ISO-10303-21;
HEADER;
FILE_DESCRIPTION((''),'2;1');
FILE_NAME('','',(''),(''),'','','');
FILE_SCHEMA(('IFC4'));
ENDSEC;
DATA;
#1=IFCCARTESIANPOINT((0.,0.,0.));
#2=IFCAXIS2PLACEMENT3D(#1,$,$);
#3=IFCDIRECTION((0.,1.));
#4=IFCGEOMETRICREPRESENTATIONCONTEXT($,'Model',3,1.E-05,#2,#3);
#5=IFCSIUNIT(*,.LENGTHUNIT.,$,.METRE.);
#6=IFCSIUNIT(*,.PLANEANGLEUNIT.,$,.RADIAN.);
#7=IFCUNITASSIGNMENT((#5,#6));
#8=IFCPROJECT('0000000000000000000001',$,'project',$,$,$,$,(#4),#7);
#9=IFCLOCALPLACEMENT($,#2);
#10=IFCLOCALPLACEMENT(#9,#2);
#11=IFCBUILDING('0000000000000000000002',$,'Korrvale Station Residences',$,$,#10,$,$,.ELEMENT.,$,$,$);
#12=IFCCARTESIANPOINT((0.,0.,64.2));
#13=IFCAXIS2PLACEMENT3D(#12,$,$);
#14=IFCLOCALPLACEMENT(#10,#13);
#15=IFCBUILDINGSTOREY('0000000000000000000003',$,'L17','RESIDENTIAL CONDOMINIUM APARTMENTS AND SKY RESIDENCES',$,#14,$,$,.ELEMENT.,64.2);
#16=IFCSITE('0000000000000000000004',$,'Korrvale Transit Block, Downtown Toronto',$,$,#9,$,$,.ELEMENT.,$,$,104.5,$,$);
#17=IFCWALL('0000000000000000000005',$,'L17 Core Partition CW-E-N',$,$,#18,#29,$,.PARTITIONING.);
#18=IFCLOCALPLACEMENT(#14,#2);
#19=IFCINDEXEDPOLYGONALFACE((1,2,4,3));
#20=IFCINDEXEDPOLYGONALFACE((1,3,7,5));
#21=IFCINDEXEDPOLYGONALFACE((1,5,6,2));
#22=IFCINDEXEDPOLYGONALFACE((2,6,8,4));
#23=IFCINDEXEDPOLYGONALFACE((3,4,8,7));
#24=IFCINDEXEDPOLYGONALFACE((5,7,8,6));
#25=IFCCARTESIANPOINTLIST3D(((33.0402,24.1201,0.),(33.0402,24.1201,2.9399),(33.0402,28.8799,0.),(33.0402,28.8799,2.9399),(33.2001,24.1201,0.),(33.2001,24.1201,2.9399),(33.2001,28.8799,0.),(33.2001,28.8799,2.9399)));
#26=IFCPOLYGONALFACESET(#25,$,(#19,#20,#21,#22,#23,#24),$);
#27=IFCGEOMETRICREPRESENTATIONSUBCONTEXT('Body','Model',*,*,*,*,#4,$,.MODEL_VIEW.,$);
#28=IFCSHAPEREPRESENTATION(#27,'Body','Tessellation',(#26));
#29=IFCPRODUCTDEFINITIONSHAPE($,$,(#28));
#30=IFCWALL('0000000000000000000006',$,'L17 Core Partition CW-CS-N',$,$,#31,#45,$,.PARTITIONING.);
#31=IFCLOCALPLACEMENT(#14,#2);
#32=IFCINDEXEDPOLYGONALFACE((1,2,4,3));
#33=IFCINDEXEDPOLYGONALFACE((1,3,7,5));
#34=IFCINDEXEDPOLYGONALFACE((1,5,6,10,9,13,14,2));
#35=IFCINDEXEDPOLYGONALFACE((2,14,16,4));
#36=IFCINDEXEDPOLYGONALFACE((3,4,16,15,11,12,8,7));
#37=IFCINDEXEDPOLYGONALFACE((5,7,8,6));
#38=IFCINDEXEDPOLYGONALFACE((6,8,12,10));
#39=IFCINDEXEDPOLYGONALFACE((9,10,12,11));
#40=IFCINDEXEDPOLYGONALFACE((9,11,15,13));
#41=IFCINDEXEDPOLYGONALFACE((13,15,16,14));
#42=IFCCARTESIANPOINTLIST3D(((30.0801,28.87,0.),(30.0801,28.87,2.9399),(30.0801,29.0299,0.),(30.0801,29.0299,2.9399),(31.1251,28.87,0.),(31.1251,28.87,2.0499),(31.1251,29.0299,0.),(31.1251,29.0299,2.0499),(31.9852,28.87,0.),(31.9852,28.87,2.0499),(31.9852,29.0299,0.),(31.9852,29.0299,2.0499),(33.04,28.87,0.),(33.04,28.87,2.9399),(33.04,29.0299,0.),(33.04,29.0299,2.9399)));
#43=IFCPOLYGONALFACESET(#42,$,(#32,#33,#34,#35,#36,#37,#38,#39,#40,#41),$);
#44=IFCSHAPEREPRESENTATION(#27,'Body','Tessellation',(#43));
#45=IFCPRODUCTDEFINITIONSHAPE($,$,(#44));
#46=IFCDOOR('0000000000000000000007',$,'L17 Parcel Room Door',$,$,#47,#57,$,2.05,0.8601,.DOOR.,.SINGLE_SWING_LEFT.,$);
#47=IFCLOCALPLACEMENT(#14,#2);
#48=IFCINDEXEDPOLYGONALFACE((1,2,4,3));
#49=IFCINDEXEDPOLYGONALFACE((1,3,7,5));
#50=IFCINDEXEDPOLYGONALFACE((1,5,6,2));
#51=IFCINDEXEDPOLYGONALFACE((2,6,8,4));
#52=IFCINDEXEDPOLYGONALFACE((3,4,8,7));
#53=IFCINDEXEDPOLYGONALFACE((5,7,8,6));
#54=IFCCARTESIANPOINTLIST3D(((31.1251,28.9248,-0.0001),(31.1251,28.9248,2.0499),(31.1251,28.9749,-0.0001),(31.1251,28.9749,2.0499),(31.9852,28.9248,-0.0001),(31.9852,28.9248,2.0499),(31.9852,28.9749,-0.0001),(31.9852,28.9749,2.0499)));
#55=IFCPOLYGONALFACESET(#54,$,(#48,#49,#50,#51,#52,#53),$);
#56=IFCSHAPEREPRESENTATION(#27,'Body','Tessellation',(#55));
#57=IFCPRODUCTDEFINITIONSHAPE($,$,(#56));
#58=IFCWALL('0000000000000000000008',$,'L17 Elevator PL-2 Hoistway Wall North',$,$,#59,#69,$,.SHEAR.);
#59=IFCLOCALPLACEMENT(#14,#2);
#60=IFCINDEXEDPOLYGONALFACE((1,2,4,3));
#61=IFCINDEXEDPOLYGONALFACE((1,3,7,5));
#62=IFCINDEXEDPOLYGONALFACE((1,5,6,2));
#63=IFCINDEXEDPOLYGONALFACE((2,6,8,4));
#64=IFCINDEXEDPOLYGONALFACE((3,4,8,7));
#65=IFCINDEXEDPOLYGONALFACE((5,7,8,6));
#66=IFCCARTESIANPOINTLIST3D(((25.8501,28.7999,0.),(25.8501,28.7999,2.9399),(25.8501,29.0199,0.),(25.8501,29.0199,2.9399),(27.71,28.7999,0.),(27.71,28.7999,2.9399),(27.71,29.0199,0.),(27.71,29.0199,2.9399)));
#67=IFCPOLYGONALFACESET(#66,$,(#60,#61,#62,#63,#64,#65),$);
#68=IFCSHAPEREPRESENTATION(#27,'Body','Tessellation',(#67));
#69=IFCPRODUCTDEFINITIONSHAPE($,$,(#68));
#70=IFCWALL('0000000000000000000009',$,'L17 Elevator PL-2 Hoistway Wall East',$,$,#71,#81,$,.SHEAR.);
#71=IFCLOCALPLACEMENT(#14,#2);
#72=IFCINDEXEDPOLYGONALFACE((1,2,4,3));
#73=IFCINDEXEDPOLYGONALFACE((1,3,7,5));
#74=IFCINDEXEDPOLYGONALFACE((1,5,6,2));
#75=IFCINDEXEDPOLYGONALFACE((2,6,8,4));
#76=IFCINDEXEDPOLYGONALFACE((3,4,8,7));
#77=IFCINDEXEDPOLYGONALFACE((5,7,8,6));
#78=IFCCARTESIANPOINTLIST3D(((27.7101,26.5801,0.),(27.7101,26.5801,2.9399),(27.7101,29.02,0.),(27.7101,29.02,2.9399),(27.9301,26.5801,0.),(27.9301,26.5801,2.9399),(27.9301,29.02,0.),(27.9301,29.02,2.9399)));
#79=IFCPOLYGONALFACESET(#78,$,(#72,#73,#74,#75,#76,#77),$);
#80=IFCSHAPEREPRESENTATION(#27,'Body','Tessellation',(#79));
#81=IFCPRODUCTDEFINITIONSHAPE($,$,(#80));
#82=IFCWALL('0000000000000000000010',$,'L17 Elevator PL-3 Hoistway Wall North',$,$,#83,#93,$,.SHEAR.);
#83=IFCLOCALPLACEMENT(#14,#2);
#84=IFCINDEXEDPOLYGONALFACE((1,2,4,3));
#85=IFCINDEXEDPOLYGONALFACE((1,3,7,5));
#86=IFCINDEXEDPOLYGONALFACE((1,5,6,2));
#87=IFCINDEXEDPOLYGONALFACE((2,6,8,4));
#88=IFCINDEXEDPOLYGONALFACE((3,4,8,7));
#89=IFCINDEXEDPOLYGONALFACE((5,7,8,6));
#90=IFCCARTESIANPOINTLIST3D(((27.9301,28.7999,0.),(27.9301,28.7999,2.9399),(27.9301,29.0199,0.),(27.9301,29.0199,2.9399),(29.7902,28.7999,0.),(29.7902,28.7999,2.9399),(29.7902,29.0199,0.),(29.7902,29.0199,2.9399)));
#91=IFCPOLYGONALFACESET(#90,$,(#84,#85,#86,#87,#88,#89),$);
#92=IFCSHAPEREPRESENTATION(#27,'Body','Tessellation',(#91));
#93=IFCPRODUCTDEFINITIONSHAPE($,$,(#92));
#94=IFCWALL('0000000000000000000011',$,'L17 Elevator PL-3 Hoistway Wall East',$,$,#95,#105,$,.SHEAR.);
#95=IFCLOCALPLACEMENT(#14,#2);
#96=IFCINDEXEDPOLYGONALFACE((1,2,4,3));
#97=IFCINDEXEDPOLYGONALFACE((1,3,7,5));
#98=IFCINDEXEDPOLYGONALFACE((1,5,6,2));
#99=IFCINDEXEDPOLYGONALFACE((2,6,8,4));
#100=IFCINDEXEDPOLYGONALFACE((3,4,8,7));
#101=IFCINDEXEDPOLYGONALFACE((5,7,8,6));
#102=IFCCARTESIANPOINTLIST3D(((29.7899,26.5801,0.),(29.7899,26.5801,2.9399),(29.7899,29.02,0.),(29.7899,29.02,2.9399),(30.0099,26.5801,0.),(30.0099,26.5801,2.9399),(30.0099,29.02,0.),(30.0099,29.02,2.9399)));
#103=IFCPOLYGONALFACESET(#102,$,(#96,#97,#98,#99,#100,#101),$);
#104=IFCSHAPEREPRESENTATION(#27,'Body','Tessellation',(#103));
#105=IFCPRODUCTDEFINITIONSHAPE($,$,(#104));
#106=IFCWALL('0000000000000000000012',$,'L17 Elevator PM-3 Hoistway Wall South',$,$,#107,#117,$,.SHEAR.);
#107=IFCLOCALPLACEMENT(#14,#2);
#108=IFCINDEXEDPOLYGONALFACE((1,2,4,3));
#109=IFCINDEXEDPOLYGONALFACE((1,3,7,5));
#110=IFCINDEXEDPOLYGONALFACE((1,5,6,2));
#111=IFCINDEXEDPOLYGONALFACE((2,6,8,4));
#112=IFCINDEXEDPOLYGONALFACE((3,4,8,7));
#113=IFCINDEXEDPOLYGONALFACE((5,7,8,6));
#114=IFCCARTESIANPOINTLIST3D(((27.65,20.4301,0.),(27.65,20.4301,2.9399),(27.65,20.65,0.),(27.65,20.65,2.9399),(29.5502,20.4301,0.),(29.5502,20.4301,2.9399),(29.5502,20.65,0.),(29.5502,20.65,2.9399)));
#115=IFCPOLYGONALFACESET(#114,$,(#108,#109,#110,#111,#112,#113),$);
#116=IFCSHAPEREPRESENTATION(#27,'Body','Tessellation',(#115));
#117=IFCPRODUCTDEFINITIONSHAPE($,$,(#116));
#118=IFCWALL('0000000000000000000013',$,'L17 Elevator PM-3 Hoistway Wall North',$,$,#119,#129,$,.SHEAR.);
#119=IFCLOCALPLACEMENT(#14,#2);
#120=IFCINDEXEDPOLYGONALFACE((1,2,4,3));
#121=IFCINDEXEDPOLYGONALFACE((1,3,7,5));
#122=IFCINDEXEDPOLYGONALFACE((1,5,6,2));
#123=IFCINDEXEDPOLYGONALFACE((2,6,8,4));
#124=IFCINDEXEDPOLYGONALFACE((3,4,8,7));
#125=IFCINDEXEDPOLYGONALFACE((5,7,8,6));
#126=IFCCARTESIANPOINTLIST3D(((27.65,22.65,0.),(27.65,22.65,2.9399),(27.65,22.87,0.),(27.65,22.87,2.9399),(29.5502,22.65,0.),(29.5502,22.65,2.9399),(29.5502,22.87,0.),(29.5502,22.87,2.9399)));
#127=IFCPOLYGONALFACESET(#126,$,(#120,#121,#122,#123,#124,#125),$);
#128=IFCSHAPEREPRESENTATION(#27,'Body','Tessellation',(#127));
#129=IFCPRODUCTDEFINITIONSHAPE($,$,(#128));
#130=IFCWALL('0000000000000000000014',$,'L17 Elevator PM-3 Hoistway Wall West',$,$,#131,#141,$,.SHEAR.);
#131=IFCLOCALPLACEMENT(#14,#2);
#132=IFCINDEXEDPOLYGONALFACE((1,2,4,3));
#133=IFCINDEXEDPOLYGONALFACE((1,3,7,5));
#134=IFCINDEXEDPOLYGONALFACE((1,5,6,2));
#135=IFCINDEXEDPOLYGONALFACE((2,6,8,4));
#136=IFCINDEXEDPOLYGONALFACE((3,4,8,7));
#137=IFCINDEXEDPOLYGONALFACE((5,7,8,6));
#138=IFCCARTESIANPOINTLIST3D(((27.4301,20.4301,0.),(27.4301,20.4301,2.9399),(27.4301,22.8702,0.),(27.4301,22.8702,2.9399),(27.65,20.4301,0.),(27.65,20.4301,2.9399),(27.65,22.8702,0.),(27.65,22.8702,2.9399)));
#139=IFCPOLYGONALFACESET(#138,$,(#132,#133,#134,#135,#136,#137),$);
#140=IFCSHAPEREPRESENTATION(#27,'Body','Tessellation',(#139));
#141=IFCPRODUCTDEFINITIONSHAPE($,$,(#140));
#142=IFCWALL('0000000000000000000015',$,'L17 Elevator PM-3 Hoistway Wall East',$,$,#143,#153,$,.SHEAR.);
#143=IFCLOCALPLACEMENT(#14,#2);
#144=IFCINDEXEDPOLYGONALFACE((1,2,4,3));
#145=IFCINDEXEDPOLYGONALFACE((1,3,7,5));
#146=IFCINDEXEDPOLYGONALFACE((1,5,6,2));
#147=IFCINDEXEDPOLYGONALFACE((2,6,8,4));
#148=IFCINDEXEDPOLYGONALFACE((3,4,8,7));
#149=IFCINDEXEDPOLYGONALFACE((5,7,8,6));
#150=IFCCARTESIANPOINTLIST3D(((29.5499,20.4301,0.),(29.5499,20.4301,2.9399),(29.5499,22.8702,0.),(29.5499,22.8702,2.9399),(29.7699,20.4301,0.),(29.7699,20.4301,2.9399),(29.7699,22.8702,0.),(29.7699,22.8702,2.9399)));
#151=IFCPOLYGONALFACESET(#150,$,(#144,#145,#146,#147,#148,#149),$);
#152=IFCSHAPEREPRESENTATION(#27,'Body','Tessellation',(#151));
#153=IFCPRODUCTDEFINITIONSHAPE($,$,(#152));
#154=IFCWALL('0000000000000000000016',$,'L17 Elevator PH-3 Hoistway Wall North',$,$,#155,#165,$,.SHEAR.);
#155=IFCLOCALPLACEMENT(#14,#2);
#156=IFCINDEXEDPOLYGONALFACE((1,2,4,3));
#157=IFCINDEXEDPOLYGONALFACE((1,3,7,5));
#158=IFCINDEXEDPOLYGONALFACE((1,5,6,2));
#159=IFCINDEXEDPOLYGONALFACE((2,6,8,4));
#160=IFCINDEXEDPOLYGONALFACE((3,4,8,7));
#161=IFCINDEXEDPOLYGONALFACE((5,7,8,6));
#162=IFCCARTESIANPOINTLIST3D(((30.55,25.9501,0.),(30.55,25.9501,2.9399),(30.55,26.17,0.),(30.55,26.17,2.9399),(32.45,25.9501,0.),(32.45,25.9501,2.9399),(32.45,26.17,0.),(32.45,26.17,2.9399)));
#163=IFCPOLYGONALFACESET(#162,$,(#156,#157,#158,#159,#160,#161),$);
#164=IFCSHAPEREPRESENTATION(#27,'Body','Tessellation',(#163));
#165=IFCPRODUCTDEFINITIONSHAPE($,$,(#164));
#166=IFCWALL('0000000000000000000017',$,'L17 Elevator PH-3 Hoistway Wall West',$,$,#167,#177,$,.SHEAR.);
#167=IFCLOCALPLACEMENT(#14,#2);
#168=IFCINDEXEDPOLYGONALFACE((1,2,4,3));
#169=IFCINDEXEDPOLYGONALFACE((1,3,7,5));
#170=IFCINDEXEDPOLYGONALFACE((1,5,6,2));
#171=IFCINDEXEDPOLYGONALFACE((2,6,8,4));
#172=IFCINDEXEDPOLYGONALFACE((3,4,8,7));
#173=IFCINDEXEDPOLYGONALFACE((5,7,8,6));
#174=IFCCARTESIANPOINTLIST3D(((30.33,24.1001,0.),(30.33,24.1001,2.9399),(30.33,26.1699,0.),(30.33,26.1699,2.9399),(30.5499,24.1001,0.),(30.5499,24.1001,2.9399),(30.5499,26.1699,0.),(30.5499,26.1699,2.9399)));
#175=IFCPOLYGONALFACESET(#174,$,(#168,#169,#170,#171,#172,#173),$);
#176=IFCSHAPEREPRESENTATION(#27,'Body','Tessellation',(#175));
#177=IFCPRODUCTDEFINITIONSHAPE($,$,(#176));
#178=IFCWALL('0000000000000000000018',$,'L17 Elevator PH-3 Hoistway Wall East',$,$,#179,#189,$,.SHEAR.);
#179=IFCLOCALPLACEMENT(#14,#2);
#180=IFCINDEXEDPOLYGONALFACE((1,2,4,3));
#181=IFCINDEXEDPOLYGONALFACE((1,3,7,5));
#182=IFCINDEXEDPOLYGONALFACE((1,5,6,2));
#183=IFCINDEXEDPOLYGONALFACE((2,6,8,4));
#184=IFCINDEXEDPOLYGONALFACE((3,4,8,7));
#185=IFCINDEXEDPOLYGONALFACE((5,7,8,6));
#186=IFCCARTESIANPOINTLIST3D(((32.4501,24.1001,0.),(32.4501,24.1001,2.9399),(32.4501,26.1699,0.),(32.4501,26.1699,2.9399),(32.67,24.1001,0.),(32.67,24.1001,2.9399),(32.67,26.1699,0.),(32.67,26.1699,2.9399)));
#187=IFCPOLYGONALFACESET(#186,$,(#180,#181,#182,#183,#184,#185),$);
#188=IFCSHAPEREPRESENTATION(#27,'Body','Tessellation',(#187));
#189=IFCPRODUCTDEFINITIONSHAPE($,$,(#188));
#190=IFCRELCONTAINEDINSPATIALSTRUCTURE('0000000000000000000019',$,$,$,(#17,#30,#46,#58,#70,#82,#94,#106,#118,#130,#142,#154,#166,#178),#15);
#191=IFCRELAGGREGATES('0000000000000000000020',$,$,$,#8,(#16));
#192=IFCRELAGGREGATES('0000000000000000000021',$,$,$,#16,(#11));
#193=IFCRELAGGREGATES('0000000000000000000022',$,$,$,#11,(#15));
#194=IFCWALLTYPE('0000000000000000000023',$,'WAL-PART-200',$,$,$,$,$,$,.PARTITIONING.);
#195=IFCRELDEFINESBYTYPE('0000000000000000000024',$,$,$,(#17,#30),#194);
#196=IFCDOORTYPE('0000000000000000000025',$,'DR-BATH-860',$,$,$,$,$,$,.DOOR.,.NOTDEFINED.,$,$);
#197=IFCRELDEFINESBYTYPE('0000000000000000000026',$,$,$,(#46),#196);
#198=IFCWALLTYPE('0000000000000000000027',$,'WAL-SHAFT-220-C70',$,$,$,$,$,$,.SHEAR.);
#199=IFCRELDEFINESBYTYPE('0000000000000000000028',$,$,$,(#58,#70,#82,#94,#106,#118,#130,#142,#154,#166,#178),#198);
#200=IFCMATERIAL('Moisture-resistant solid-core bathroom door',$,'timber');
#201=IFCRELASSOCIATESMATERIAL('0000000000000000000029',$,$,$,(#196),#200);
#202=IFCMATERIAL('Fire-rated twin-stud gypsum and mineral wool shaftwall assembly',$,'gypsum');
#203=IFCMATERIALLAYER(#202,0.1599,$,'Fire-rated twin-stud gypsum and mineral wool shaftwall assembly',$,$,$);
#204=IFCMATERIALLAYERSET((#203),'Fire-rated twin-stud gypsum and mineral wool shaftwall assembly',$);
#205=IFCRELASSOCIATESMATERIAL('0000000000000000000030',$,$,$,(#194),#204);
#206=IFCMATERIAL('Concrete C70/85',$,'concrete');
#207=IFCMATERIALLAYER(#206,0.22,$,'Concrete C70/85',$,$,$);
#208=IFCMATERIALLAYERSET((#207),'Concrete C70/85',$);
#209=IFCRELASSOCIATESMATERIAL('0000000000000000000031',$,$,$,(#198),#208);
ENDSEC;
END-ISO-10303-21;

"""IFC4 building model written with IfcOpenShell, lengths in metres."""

from ifc_helpers import new_model, si_unit, direction, frame, frame_2d, origin, place, context, subcontext, project, spatial, rectangle, extrude, material, layer, layer_set, type_object, element, fill, save


model = new_model("IFC4")

# Units and contexts
model_context = context("Model", 3, precision=1e-05, world=origin(), true_north=direction((0.0, 1.0)))
body_context = subcontext(model_context, "Body", "Model", "MODEL_VIEW")
ifc_project = project(units=[si_unit("LENGTHUNIT", "METRE"), si_unit("PLANEANGLEUNIT", "RADIAN")], contexts=[model_context])

# Site, building, storey
site_placement = place(None, origin())
site = spatial("IfcSite", under=ifc_project, at=site_placement, Name="Korrvale Transit Block, Downtown Toronto", CompositionType="ELEMENT", RefElevation=104.5)
building_placement = place(site_placement, origin())
building = spatial("IfcBuilding", under=site, at=building_placement, Name="Korrvale Station Residences", CompositionType="ELEMENT")
storey_placement = place(building_placement, frame((0.0, 0.0, 64.2)))
storey = spatial("IfcBuildingStorey", under=building, at=storey_placement, Name="L17", Description="RESIDENTIAL CONDOMINIUM APARTMENTS AND SKY RESIDENCES", CompositionType="ELEMENT", Elevation=64.2)

# Shared definitions
ifc_material_1 = material(Name="Concrete C70/85", Category="concrete")

# Shared definitions
ifc_material_2 = material(Name="Moisture-resistant solid-core bathroom door", Category="timber")
door_type_1 = type_object("IfcDoorType", Name="DR-BATH-860", OperationType="NOTDEFINED", PredefinedType="DOOR", material=ifc_material_2)

# Wall
ifc_material_3 = material(Name="Fire-rated twin-stud gypsum and mineral wool shaftwall assembly", Category="gypsum")
ifc_layer_1 = layer(ifc_material_3, 0.1599, Name="Fire-rated twin-stud gypsum and mineral wool shaftwall assembly")
ifc_layer_set_1 = layer_set([ifc_layer_1], Name="Fire-rated twin-stud gypsum and mineral wool shaftwall assembly")
wall_type_1 = type_object("IfcWallType", Name="WAL-PART-200", PredefinedType="PARTITIONING", material=ifc_layer_set_1)
wall_1_placement = place(storey_placement, frame((33.1201, 24.1201, 0.0), z_axis=(0.0, 0.0, 1.0), x_axis=(0.0, 1.0, 0.0)))
element("IfcWall", 1, at=wall_1_placement, inside=storey, type_object=wall_type_1, Name="L17 Core Partition CW-E-N", PredefinedType="PARTITIONING", context=body_context, shape_type="SweptSolid", body=[
    extrude(rectangle(XDim=4.7598, YDim=0.1599, at=frame_2d((2.3799, 0.0))), origin(), (0.0, 0.0, 1.0), 2.9399),
])

# Wall, opening, door
wall_2_placement = place(storey_placement, frame((30.0801, 28.95, 0.0), z_axis=(0.0, 0.0, 1.0), x_axis=(1.0, 0.0, 0.0)))
wall_2 = element("IfcWall", 2, at=wall_2_placement, inside=storey, type_object=wall_type_1, Name="L17 Core Partition CW-CS-N", PredefinedType="PARTITIONING", context=body_context, shape_type="SweptSolid", body=[
    extrude(rectangle(XDim=2.96, YDim=0.1599, at=frame_2d((1.48, 0.0))), origin(), (0.0, 0.0, 1.0), 2.9399),
])
opening_1_placement = place(wall_2_placement, frame((1.0449, 0.0, 0.0)))
opening_1 = element("IfcOpeningElement", 3, at=opening_1_placement, cuts=wall_2, PredefinedType="OPENING", context=body_context, shape_type="SweptSolid", body=[
    extrude(rectangle(XDim=0.8601, YDim=2.05, at=frame_2d((0.4302, 1.0249))), frame((0.0, 0.0898, 0.0), z_axis=(0.0, -1.0, 0.0), x_axis=(1.0, 0.0, 0.0)), (0.0, 0.0, 1.0), 0.1799),
])
door_1_placement = place(opening_1_placement, origin())
door_1 = element("IfcDoor", 4, at=door_1_placement, inside=storey, type_object=door_type_1, Name="L17 Parcel Room Door", OperationType="SINGLE_SWING_LEFT", OverallHeight=2.05, OverallWidth=0.8601, PredefinedType="DOOR", context=body_context, shape_type="SweptSolid", body=[
    extrude(rectangle(XDim=0.8601, YDim=2.05, at=frame_2d((0.4302, 1.0249))), frame((0.0, 0.0249, 0.0), z_axis=(0.0, -1.0, 0.0), x_axis=(1.0, 0.0, 0.0)), (0.0, 0.0, 1.0), 0.05),
])
fill(opening_1, door_1)

# Walls
ifc_layer_2 = layer(ifc_material_1, 0.22, Name="Concrete C70/85")
ifc_layer_set_2 = layer_set([ifc_layer_2], Name="Concrete C70/85")
wall_type_2 = type_object("IfcWallType", Name="WAL-SHAFT-220-C70", PredefinedType="SHEAR", material=ifc_layer_set_2)
wall_3_placement = place(storey_placement, frame((25.8501, 28.9099, 0.0), z_axis=(0.0, 0.0, 1.0), x_axis=(1.0, 0.0, 0.0)))
element("IfcWall", 5, at=wall_3_placement, inside=storey, type_object=wall_type_2, Name="L17 Elevator PL-2 Hoistway Wall North", PredefinedType="SHEAR", context=body_context, shape_type="SweptSolid", body=[
    extrude(rectangle(XDim=1.8599, YDim=0.22, at=frame_2d((0.9299, 0.0))), origin(), (0.0, 0.0, 1.0), 2.9399),
])
wall_4_placement = place(storey_placement, frame((27.8201, 26.5801, 0.0), z_axis=(0.0, 0.0, 1.0), x_axis=(0.0, 1.0, 0.0)))
element("IfcWall", 6, at=wall_4_placement, inside=storey, type_object=wall_type_2, Name="L17 Elevator PL-2 Hoistway Wall East", PredefinedType="SHEAR", context=body_context, shape_type="SweptSolid", body=[
    extrude(rectangle(XDim=2.4399, YDim=0.22, at=frame_2d((1.22, 0.0))), origin(), (0.0, 0.0, 1.0), 2.9399),
])

# Walls
wall_5_placement = place(storey_placement, frame((27.9299, 28.9099, 0.0), z_axis=(0.0, 0.0, 1.0), x_axis=(1.0, 0.0, 0.0)))
element("IfcWall", 7, at=wall_5_placement, inside=storey, type_object=wall_type_2, Name="L17 Elevator PL-3 Hoistway Wall North", PredefinedType="SHEAR", context=body_context, shape_type="SweptSolid", body=[
    extrude(rectangle(XDim=1.8601, YDim=0.22, at=frame_2d((0.9302, 0.0))), origin(), (0.0, 0.0, 1.0), 2.9399),
])
wall_6_placement = place(storey_placement, frame((29.8999, 26.5801, 0.0), z_axis=(0.0, 0.0, 1.0), x_axis=(0.0, 1.0, 0.0)))
element("IfcWall", 8, at=wall_6_placement, inside=storey, type_object=wall_type_2, Name="L17 Elevator PL-3 Hoistway Wall East", PredefinedType="SHEAR", context=body_context, shape_type="SweptSolid", body=[
    extrude(rectangle(XDim=2.4399, YDim=0.22, at=frame_2d((1.22, 0.0))), origin(), (0.0, 0.0, 1.0), 2.9399),
])
for number, where, z_axis, x_axis, name in (
    (9, (27.6499, 20.54, 0.0), (0.0, 0.0, 1.0), (1.0, 0.0, 0.0), "L17 Elevator PM-3 Hoistway Wall South"),
    (10, (27.6499, 22.76, 0.0), (0.0, 0.0, 1.0), (1.0, 0.0, 0.0), "L17 Elevator PM-3 Hoistway Wall North"),
):
    element("IfcWall", number, at=place(storey_placement, frame(where, z_axis=z_axis, x_axis=x_axis)), inside=storey, type_object=wall_type_2, Name=name, PredefinedType="SHEAR", context=body_context, shape_type="SweptSolid", body=[
        extrude(rectangle(XDim=1.9001, YDim=0.22, at=frame_2d((0.9502, 0.0))), origin(), (0.0, 0.0, 1.0), 2.9399),
    ])
for number, where, z_axis, x_axis, name in (
    (11, (27.54, 20.4299, 0.0), (0.0, 0.0, 1.0), (0.0, 1.0, 0.0), "L17 Elevator PM-3 Hoistway Wall West"),
    (12, (29.6599, 20.4299, 0.0), (0.0, 0.0, 1.0), (0.0, 1.0, 0.0), "L17 Elevator PM-3 Hoistway Wall East"),
):
    element("IfcWall", number, at=place(storey_placement, frame(where, z_axis=z_axis, x_axis=x_axis)), inside=storey, type_object=wall_type_2, Name=name, PredefinedType="SHEAR", context=body_context, shape_type="SweptSolid", body=[
        extrude(rectangle(XDim=2.4402, YDim=0.22, at=frame_2d((1.2202, 0.0))), origin(), (0.0, 0.0, 1.0), 2.9399),
    ])
wall_7_placement = place(storey_placement, frame((30.55, 26.0601, 0.0), z_axis=(0.0, 0.0, 1.0), x_axis=(1.0, 0.0, 0.0)))
element("IfcWall", 13, at=wall_7_placement, inside=storey, type_object=wall_type_2, Name="L17 Elevator PH-3 Hoistway Wall North", PredefinedType="SHEAR", context=body_context, shape_type="SweptSolid", body=[
    extrude(rectangle(XDim=1.8999, YDim=0.22, at=frame_2d((0.95, 0.0))), origin(), (0.0, 0.0, 1.0), 2.9399),
])
for number, where, z_axis, x_axis, name in (
    (14, (30.4399, 24.1001, 0.0), (0.0, 0.0, 1.0), (0.0, 1.0, 0.0), "L17 Elevator PH-3 Hoistway Wall West"),
    (15, (32.5601, 24.1001, 0.0), (0.0, 0.0, 1.0), (0.0, 1.0, 0.0), "L17 Elevator PH-3 Hoistway Wall East"),
):
    element("IfcWall", number, at=place(storey_placement, frame(where, z_axis=z_axis, x_axis=x_axis)), inside=storey, type_object=wall_type_2, Name=name, PredefinedType="SHEAR", context=body_context, shape_type="SweptSolid", body=[
        extrude(rectangle(XDim=2.0698, YDim=0.22, at=frame_2d((1.0349, 0.0))), origin(), (0.0, 0.0, 1.0), 2.9399),
    ])

save(model, "model.ifc")
